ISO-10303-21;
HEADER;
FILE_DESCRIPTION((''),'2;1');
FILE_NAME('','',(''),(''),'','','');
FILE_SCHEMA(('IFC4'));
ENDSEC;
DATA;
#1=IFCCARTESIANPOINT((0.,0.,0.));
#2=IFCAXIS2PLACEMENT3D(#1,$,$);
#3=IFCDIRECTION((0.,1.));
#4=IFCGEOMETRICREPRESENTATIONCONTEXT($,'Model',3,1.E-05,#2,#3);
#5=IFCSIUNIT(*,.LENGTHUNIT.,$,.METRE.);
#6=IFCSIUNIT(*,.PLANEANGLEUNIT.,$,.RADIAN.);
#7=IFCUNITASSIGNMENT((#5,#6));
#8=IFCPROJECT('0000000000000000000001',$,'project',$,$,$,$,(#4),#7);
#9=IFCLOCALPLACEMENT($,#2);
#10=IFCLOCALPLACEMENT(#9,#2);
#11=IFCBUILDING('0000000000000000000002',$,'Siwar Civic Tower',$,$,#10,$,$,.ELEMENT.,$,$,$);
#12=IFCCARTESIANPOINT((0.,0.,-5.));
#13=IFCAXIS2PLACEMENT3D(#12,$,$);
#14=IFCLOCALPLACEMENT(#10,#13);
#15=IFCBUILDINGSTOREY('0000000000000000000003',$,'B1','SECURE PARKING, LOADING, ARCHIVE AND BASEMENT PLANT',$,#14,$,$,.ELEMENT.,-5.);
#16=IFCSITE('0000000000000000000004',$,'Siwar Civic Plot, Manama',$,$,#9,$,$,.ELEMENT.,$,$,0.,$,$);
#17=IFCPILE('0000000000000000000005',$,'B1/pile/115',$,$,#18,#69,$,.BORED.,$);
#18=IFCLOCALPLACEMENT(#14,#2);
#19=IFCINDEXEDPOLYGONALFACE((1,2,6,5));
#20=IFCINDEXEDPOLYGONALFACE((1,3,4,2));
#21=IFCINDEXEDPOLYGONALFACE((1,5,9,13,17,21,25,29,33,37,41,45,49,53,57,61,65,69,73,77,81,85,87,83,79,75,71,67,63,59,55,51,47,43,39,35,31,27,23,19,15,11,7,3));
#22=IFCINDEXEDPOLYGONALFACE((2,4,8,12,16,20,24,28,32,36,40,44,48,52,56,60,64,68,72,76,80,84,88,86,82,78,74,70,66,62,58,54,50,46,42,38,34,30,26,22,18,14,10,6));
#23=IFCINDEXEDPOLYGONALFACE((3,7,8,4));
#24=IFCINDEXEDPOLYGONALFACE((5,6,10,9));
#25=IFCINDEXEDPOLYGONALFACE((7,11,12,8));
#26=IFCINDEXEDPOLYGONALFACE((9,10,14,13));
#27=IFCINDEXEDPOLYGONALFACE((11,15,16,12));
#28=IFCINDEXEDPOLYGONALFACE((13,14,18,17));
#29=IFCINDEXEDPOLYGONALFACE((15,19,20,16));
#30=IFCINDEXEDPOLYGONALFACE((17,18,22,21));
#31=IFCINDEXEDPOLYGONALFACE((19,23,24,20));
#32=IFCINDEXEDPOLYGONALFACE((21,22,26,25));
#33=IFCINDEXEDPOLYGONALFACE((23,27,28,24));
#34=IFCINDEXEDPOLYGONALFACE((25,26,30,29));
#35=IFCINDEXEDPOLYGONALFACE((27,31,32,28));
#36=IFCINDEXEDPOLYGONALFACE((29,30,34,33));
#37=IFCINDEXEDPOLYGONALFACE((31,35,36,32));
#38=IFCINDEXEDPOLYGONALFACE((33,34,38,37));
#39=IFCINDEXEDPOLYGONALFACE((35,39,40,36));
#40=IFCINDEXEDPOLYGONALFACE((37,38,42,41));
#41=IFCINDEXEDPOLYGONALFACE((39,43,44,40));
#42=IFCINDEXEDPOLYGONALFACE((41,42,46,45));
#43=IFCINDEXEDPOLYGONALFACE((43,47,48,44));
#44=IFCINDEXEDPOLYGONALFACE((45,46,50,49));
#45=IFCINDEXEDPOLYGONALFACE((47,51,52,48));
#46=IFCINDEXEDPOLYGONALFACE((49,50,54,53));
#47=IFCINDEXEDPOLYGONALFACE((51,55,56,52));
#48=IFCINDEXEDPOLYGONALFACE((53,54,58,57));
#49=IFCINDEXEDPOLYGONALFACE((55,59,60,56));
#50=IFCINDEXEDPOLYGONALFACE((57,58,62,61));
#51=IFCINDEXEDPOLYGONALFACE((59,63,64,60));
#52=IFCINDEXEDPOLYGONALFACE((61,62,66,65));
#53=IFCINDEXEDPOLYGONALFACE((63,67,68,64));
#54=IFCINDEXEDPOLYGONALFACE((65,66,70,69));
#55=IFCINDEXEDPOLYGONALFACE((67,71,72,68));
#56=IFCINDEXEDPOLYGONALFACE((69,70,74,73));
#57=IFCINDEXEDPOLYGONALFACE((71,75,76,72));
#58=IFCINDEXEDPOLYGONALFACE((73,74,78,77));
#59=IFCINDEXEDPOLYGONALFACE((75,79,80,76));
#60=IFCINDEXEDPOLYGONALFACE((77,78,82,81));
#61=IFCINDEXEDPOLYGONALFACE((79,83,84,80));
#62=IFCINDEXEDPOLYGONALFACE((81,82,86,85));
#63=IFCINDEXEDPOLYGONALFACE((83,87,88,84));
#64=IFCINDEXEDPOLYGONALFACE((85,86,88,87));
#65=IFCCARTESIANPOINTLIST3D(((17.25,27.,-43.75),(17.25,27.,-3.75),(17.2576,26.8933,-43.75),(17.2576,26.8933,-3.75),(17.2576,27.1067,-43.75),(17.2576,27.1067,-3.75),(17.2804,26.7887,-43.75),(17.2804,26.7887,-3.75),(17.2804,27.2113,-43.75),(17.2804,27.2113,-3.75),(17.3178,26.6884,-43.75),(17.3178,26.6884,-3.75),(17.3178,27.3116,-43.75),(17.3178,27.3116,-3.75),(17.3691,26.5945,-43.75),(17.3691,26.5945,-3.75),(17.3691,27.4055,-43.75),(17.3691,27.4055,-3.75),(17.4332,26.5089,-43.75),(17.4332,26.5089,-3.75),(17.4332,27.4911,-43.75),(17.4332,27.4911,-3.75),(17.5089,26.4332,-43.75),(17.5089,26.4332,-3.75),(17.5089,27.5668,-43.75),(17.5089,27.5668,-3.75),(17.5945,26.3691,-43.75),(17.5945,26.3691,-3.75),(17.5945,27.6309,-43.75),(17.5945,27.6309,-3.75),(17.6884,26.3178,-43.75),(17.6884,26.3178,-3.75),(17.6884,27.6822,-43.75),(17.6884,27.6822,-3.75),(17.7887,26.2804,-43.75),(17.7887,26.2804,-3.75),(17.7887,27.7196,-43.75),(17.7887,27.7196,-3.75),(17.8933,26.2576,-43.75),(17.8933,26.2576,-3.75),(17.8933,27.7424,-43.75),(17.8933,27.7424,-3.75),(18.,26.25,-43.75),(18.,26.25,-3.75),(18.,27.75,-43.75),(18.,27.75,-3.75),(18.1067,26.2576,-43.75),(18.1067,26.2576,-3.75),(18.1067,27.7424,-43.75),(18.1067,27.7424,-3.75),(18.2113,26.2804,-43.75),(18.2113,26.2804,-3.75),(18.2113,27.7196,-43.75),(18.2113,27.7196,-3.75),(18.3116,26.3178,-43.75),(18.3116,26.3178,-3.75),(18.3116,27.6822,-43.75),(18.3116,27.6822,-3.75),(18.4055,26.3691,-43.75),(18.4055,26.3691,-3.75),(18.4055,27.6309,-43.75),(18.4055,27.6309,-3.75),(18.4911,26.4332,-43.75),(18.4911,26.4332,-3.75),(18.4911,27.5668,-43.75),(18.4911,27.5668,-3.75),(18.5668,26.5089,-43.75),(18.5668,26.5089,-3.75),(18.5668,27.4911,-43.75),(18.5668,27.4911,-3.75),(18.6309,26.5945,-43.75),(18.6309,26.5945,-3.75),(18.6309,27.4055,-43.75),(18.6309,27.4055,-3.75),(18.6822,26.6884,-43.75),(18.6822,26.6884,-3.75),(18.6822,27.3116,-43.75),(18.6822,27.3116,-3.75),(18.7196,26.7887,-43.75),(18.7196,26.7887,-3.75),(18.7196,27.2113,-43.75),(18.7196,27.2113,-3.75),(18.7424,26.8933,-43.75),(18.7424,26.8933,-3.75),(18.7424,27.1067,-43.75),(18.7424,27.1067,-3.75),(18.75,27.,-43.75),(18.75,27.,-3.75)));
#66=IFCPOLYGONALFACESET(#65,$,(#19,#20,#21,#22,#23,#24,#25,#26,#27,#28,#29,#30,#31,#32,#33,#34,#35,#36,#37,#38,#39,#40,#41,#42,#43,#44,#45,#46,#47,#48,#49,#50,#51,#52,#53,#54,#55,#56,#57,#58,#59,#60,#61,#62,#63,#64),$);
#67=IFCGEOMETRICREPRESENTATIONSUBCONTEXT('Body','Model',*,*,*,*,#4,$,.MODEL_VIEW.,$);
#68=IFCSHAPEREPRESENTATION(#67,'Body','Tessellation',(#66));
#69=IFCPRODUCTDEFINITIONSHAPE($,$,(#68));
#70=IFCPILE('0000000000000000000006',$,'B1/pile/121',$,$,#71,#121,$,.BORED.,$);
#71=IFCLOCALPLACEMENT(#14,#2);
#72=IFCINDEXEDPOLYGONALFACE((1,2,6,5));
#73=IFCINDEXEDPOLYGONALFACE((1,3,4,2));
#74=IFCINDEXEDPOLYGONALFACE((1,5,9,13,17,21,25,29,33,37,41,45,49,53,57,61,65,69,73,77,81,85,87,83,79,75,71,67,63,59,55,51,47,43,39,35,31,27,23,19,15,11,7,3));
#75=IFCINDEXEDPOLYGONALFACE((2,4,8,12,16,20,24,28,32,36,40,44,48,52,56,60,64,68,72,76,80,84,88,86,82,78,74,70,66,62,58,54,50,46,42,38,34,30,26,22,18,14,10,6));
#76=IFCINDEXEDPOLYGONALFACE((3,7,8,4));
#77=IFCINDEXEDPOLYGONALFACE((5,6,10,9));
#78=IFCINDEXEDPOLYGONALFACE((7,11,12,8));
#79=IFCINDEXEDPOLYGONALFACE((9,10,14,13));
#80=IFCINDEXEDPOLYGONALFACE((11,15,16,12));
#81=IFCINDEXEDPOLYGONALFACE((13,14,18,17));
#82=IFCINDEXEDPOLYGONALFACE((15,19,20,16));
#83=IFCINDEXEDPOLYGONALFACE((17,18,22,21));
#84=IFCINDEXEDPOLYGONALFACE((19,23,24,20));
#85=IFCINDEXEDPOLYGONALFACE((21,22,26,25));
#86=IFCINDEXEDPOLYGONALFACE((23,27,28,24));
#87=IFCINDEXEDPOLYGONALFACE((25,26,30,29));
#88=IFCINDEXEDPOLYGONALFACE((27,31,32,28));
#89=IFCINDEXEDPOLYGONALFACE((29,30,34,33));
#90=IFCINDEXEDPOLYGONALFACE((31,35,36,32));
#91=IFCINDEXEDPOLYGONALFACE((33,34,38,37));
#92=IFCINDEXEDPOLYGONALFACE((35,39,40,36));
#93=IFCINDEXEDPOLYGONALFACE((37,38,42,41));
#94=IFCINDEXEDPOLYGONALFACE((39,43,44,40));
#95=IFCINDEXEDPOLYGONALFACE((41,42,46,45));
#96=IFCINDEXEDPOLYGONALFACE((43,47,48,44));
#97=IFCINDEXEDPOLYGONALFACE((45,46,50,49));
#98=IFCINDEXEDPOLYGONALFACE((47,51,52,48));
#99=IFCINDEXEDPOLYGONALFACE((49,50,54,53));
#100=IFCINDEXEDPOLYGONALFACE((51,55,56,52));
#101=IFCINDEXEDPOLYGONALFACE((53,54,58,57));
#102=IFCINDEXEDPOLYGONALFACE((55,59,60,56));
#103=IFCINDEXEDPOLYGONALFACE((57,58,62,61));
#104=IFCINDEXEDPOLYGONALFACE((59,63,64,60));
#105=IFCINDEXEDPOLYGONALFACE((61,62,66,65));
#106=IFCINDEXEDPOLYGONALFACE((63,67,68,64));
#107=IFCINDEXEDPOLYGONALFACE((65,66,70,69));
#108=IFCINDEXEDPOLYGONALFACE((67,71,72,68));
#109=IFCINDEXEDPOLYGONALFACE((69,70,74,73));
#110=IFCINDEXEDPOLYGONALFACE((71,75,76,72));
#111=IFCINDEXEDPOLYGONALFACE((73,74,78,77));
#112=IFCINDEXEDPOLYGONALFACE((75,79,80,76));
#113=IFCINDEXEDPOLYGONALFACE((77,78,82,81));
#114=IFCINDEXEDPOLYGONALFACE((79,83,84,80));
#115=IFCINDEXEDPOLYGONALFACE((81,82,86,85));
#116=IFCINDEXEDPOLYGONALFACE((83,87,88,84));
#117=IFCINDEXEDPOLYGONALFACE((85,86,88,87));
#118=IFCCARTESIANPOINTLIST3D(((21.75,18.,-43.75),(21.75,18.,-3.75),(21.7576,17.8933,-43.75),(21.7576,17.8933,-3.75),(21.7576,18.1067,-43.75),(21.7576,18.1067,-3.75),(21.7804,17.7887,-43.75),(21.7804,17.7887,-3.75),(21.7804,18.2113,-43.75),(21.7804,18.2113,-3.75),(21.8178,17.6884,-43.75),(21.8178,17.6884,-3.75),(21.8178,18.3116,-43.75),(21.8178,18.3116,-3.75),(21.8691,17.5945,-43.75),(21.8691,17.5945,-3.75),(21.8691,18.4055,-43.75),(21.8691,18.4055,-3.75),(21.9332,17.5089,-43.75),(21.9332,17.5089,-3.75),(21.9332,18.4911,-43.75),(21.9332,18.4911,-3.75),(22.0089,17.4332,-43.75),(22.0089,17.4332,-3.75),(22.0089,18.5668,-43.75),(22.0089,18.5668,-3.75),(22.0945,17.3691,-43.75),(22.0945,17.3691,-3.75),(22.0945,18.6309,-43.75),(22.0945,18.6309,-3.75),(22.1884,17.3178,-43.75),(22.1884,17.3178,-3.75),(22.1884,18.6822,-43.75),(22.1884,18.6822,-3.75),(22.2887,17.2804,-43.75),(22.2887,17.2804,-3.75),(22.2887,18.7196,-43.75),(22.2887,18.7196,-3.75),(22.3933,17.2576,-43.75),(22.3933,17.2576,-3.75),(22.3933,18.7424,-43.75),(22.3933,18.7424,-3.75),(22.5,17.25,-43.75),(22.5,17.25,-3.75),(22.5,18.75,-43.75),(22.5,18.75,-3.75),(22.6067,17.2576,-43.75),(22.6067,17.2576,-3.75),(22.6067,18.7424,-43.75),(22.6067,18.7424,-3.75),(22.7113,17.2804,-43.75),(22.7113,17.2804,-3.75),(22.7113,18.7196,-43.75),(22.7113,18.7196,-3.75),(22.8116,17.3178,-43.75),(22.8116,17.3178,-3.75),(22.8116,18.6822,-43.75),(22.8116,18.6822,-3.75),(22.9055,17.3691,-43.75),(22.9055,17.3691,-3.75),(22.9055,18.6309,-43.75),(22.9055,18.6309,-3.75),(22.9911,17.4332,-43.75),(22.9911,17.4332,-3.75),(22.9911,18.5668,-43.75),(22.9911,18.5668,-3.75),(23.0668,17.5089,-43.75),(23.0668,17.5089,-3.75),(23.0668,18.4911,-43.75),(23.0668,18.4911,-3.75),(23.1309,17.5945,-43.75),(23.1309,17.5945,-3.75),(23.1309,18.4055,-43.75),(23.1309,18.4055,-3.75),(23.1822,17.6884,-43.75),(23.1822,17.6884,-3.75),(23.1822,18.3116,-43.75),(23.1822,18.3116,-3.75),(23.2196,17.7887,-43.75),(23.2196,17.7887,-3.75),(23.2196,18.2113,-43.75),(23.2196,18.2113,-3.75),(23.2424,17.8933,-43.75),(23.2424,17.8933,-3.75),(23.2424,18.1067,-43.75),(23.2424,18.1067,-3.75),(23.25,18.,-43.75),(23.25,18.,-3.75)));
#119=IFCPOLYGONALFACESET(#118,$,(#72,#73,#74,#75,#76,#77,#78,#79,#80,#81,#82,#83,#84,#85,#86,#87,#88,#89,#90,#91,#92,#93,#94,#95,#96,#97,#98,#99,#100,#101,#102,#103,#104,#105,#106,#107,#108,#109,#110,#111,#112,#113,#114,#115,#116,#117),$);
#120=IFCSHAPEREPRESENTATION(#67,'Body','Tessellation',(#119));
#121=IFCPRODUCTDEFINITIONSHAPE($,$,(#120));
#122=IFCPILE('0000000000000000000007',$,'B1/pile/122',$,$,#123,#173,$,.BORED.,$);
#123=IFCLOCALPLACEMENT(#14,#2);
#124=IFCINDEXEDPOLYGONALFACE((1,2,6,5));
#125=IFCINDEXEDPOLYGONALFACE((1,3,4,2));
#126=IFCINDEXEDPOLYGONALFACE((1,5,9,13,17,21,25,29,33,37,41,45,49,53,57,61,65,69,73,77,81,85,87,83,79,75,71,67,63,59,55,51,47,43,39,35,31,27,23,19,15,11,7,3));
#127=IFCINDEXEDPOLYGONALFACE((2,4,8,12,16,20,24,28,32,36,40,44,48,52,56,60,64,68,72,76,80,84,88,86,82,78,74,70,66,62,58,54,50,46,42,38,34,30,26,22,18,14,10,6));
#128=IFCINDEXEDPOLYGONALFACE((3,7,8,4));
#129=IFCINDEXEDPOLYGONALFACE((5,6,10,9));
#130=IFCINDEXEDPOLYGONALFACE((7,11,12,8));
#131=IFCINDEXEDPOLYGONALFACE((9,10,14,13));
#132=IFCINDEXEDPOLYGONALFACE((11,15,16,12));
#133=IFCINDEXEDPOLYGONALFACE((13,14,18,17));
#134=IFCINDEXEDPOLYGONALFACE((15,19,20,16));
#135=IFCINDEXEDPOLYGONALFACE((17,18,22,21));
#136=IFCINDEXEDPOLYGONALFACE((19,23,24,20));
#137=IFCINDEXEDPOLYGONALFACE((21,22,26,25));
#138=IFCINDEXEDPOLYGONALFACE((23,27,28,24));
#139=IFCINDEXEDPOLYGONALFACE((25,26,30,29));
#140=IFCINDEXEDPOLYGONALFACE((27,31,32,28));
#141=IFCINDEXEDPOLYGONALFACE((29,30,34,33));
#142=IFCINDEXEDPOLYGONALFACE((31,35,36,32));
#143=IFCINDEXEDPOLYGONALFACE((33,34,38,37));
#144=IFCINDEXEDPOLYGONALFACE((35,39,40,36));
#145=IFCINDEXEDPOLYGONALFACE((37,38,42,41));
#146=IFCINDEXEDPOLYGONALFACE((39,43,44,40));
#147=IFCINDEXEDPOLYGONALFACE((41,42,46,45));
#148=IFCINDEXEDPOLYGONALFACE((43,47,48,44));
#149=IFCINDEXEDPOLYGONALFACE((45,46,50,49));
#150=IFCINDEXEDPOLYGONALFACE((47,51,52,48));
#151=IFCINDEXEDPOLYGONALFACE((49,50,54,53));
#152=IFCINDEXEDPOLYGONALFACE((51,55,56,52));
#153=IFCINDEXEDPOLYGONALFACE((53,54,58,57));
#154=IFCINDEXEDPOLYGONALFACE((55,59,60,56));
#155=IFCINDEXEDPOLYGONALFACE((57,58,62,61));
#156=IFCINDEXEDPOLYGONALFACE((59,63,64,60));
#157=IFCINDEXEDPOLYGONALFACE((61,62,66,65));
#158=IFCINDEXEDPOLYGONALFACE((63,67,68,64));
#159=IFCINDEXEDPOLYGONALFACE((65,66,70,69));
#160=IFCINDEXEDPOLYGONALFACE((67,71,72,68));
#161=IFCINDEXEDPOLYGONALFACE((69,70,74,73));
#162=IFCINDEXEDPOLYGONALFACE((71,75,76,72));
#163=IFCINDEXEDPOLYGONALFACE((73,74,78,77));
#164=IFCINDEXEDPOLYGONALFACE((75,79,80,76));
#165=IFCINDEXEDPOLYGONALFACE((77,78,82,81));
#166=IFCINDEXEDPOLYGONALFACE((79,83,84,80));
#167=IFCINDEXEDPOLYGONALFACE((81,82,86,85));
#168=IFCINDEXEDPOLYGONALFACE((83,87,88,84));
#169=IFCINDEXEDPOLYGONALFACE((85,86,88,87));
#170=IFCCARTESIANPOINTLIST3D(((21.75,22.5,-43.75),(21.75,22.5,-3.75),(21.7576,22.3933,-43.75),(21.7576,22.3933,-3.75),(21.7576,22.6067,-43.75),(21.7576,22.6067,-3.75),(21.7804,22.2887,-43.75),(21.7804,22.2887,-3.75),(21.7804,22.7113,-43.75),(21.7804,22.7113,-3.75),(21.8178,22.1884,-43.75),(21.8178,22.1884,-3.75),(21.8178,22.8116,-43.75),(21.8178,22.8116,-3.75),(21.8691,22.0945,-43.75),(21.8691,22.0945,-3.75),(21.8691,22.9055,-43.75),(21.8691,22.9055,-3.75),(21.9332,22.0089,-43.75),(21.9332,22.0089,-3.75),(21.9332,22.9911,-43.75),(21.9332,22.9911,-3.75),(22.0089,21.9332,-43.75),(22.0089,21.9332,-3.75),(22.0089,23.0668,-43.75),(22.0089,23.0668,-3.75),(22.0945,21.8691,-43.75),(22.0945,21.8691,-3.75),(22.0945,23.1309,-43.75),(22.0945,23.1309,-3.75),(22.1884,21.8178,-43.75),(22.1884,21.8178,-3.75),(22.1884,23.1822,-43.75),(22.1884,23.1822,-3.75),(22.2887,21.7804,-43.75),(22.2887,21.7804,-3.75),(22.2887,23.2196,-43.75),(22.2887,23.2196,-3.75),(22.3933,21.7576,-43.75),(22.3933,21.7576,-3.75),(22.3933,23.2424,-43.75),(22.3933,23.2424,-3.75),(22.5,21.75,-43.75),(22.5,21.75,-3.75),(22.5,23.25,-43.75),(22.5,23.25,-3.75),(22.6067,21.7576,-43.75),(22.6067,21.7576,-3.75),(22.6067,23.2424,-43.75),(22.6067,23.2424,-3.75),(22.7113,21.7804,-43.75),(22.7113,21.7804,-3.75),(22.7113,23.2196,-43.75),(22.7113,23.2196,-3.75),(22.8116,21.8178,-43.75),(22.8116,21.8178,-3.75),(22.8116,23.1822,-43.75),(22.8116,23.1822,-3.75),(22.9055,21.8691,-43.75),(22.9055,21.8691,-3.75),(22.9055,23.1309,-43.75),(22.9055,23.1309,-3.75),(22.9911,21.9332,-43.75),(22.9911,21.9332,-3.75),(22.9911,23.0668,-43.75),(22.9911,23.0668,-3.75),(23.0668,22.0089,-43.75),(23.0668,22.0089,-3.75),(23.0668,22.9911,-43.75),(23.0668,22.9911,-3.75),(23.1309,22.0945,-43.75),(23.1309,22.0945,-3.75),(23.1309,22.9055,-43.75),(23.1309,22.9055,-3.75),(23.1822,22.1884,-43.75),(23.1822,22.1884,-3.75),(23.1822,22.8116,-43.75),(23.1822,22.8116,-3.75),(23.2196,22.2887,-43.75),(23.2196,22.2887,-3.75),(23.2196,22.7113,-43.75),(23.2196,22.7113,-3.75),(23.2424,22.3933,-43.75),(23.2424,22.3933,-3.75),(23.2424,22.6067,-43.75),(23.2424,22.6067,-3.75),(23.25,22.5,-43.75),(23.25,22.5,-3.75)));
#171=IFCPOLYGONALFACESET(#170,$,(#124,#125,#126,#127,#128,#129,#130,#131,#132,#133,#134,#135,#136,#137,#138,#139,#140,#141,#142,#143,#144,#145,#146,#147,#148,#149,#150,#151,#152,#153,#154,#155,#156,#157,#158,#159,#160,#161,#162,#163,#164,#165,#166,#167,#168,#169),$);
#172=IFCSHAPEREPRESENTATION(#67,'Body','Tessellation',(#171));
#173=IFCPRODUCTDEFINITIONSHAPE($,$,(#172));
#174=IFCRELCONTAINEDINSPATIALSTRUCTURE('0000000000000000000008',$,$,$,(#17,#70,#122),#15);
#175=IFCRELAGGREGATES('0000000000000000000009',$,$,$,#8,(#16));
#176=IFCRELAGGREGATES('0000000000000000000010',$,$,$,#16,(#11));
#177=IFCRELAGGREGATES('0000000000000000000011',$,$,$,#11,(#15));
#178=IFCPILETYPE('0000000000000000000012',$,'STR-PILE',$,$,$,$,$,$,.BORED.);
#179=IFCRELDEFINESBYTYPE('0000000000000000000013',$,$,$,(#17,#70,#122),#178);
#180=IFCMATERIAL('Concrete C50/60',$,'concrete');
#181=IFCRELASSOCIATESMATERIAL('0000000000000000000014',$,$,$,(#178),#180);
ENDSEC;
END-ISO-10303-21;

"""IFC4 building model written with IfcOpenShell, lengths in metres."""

from ifc_helpers import new_model, si_unit, direction, frame, origin, origin_2d, place, context, subcontext, project, spatial, circle, extrude, material, material_profile, profile_set, type_object, element, save


model = new_model("IFC4")

# Units and contexts
model_context = context("Model", 3, precision=1e-05, world=origin(), true_north=direction((0.0, 1.0)))
body_context = subcontext(model_context, "Body", "Model", "MODEL_VIEW")
ifc_project = project(units=[si_unit("LENGTHUNIT", "METRE"), si_unit("PLANEANGLEUNIT", "RADIAN")], contexts=[model_context])

# Site, building, storey
site_placement = place(None, origin())
site = spatial("IfcSite", under=ifc_project, at=site_placement, Name="Siwar Civic Plot, Manama", CompositionType="ELEMENT", RefElevation=0.0)
building_placement = place(site_placement, origin())
building = spatial("IfcBuilding", under=site, at=building_placement, Name="Siwar Civic Tower", CompositionType="ELEMENT")
storey_placement = place(building_placement, frame((0.0, 0.0, -5.0)))
storey = spatial("IfcBuildingStorey", under=building, at=storey_placement, Name="B1", Description="SECURE PARKING, LOADING, ARCHIVE AND BASEMENT PLANT", CompositionType="ELEMENT", Elevation=-5.0)

# Piles
ifc_material_1 = material(Name="Concrete C50/60", Category="concrete")
ifc_material_profile_1 = material_profile(ifc_material_1, circle(Radius=0.75, at=origin_2d()), Name="PILE1500")
ifc_profile_set_1 = profile_set([ifc_material_profile_1], Name="Concrete C50/60")
pile_type = type_object("IfcPileType", Name="STR-PILE", PredefinedType="BORED", material=ifc_profile_set_1)
for number, where, z_axis, x_axis, name in (
    (1, (18.0, 27.0, -3.75), (0.0, 0.0, -1.0), (1.0, 0.0, 0.0), "B1/pile/115"),
    (2, (22.5, 18.0, -3.75), (0.0, 0.0, -1.0), (1.0, 0.0, 0.0), "B1/pile/121"),
    (3, (22.5, 22.5, -3.75), (0.0, 0.0, -1.0), (1.0, 0.0, 0.0), "B1/pile/122"),
):
    element("IfcPile", number, at=place(storey_placement, frame(where, z_axis=z_axis, x_axis=x_axis)), inside=storey, type_object=pile_type, Name=name, PredefinedType="BORED", context=body_context, shape_type="SweptSolid", body=[
        extrude(circle(Radius=0.75, at=origin_2d()), origin(), (0.0, 0.0, 1.0), 40.0),
    ])

save(model, "model.ifc")
